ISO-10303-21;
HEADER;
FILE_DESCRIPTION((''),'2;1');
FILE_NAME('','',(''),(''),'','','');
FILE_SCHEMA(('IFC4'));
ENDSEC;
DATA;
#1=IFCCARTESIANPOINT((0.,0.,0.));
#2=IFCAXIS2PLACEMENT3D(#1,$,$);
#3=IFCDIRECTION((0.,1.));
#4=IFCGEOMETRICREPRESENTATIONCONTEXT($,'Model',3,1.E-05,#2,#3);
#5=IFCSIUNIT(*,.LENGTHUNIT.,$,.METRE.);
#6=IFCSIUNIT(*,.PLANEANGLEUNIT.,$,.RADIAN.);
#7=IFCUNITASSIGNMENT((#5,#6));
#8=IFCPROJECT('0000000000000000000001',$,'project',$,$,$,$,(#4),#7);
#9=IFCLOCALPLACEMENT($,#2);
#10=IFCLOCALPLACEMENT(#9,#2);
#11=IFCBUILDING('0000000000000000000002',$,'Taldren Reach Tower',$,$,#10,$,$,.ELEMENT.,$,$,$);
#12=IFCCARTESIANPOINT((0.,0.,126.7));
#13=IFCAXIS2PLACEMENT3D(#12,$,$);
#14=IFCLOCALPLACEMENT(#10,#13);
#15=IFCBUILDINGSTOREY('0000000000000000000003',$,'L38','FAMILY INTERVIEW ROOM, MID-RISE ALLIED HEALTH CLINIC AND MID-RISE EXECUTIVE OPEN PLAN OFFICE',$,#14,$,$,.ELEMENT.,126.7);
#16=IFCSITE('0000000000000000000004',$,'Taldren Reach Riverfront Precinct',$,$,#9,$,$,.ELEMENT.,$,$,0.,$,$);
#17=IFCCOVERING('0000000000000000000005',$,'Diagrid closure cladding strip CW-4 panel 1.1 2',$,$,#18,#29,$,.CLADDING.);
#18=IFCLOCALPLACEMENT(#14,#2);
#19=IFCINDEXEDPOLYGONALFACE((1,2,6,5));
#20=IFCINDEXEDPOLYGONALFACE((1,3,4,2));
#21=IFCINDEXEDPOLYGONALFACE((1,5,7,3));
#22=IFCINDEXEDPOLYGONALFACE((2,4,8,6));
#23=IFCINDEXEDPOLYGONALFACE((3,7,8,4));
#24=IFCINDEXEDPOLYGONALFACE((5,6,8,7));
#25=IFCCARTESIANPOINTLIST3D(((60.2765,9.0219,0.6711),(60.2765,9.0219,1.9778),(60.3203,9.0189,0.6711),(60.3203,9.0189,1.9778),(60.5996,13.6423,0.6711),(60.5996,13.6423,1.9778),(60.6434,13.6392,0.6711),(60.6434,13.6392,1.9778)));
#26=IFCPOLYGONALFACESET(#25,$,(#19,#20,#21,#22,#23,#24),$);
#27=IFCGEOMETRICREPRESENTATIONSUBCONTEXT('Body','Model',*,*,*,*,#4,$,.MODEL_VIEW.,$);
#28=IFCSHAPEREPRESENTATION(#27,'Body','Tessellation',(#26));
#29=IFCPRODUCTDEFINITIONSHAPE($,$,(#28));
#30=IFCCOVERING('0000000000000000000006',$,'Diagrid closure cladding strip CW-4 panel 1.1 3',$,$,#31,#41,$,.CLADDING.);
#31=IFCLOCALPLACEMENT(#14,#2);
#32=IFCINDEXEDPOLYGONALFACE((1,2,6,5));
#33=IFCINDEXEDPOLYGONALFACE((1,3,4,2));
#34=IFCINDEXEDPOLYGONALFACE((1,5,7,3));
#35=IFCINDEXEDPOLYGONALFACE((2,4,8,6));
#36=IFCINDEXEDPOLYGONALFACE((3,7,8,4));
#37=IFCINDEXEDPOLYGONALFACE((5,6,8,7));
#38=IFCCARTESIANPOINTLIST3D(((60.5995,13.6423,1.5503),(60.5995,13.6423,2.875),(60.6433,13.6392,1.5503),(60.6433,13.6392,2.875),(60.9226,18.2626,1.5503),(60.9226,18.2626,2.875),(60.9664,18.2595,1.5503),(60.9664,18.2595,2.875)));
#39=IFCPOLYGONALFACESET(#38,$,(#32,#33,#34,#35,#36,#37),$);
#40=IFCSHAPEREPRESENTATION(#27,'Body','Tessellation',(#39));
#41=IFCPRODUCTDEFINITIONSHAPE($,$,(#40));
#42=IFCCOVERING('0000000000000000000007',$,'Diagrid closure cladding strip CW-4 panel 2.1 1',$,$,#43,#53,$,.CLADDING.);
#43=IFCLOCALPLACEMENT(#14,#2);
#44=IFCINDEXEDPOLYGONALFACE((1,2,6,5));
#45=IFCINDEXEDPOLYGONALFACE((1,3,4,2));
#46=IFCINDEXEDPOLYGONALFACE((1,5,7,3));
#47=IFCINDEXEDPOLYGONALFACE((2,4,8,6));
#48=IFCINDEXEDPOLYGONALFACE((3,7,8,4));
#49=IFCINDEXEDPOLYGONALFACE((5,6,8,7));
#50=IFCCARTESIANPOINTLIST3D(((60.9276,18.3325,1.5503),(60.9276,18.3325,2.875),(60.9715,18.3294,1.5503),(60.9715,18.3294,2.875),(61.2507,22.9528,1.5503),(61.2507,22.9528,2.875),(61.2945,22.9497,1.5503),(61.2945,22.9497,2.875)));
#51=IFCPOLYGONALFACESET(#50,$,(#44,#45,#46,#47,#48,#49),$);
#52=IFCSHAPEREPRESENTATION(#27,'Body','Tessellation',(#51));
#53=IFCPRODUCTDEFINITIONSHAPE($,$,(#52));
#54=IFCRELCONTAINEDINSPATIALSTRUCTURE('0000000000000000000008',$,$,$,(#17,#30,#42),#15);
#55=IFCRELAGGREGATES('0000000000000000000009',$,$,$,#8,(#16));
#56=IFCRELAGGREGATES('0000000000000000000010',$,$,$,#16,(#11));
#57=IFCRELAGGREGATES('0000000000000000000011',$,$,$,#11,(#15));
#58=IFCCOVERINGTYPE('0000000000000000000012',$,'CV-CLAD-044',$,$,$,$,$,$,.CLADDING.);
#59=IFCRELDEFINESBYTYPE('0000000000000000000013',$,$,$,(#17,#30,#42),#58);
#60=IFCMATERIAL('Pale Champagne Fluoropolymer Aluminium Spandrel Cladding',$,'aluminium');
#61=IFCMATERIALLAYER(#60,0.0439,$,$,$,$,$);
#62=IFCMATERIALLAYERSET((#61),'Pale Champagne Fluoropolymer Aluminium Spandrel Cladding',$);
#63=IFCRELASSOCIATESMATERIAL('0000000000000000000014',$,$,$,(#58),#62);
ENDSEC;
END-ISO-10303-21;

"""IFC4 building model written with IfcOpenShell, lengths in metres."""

from ifc_helpers import new_model, si_unit, direction, frame, origin, origin_2d, place, context, subcontext, project, spatial, rectangle, extrude, source, transform, mapped, material, layer, layer_set, type_object, element, save


model = new_model("IFC4")

# Units and contexts
model_context = context("Model", 3, precision=1e-05, world=origin(), true_north=direction((0.0, 1.0)))
body_context = subcontext(model_context, "Body", "Model", "MODEL_VIEW")
ifc_project = project(units=[si_unit("LENGTHUNIT", "METRE"), si_unit("PLANEANGLEUNIT", "RADIAN")], contexts=[model_context])

# Site, building, storey
site_placement = place(None, origin())
site = spatial("IfcSite", under=ifc_project, at=site_placement, Name="Taldren Reach Riverfront Precinct", CompositionType="ELEMENT", RefElevation=0.0)
building_placement = place(site_placement, origin())
building = spatial("IfcBuilding", under=site, at=building_placement, Name="Taldren Reach Tower", CompositionType="ELEMENT")
storey_placement = place(building_placement, frame((0.0, 0.0, 126.7)))
storey = spatial("IfcBuildingStorey", under=building, at=storey_placement, Name="L38", Description="FAMILY INTERVIEW ROOM, MID-RISE ALLIED HEALTH CLINIC AND MID-RISE EXECUTIVE OPEN PLAN OFFICE", CompositionType="ELEMENT", Elevation=126.7)

# Coverings
ifc_material_1 = material(Name="Pale Champagne Fluoropolymer Aluminium Spandrel Cladding", Category="aluminium")
ifc_layer_1 = layer(ifc_material_1, 0.0439)
ifc_layer_set_1 = layer_set([ifc_layer_1], Name="Pale Champagne Fluoropolymer Aluminium Spandrel Cladding")
covering_type = type_object("IfcCoveringType", Name="CV-CLAD-044", PredefinedType="CLADDING", material=ifc_layer_set_1)
shared_shape_1 = source(origin(), body_context, "Body", "SweptSolid", [
    extrude(rectangle(XDim=4.6316, YDim=0.0439, at=origin_2d()), origin(), (0.0, 0.0, 1.0), 1.3066),
])
covering_placement = place(storey_placement, frame((60.46, 11.3306, 0.6711), z_axis=(0.0, 0.0, 1.0), x_axis=(0.069756, 0.997564, 0.0)))
element("IfcCovering", 1, at=covering_placement, inside=storey, type_object=covering_type, Name="Diagrid closure cladding strip CW-4 panel 1.1 2", PredefinedType="CLADDING", context=body_context, shape_type="MappedRepresentation", body=[
    mapped(shared_shape_1, transform((0.0, 0.0, 0.0), scale=1.0)),
])
shared_shape_2 = source(origin(), body_context, "Body", "SweptSolid", [
    extrude(rectangle(XDim=4.6316, YDim=0.0439, at=origin_2d()), origin(), (0.0, 0.0, 1.0), 1.3247),
])
for number, where, z_axis, x_axis, name in (
    (2, (60.783, 15.9509, 1.5503), (0.0, 0.0, 1.0), (0.069756, 0.997564, 0.0), "Diagrid closure cladding strip CW-4 panel 1.1 3"),
    (3, (61.1111, 20.6411, 1.5503), (0.0, 0.0, 1.0), (0.069756, 0.997564, 0.0), "Diagrid closure cladding strip CW-4 panel 2.1 1"),
):
    element("IfcCovering", number, at=place(storey_placement, frame(where, z_axis=z_axis, x_axis=x_axis)), inside=storey, type_object=covering_type, Name=name, PredefinedType="CLADDING", context=body_context, shape_type="MappedRepresentation", body=[
        mapped(shared_shape_2, transform((0.0, 0.0, 0.0), scale=1.0)),
    ])

save(model, "model.ifc")
